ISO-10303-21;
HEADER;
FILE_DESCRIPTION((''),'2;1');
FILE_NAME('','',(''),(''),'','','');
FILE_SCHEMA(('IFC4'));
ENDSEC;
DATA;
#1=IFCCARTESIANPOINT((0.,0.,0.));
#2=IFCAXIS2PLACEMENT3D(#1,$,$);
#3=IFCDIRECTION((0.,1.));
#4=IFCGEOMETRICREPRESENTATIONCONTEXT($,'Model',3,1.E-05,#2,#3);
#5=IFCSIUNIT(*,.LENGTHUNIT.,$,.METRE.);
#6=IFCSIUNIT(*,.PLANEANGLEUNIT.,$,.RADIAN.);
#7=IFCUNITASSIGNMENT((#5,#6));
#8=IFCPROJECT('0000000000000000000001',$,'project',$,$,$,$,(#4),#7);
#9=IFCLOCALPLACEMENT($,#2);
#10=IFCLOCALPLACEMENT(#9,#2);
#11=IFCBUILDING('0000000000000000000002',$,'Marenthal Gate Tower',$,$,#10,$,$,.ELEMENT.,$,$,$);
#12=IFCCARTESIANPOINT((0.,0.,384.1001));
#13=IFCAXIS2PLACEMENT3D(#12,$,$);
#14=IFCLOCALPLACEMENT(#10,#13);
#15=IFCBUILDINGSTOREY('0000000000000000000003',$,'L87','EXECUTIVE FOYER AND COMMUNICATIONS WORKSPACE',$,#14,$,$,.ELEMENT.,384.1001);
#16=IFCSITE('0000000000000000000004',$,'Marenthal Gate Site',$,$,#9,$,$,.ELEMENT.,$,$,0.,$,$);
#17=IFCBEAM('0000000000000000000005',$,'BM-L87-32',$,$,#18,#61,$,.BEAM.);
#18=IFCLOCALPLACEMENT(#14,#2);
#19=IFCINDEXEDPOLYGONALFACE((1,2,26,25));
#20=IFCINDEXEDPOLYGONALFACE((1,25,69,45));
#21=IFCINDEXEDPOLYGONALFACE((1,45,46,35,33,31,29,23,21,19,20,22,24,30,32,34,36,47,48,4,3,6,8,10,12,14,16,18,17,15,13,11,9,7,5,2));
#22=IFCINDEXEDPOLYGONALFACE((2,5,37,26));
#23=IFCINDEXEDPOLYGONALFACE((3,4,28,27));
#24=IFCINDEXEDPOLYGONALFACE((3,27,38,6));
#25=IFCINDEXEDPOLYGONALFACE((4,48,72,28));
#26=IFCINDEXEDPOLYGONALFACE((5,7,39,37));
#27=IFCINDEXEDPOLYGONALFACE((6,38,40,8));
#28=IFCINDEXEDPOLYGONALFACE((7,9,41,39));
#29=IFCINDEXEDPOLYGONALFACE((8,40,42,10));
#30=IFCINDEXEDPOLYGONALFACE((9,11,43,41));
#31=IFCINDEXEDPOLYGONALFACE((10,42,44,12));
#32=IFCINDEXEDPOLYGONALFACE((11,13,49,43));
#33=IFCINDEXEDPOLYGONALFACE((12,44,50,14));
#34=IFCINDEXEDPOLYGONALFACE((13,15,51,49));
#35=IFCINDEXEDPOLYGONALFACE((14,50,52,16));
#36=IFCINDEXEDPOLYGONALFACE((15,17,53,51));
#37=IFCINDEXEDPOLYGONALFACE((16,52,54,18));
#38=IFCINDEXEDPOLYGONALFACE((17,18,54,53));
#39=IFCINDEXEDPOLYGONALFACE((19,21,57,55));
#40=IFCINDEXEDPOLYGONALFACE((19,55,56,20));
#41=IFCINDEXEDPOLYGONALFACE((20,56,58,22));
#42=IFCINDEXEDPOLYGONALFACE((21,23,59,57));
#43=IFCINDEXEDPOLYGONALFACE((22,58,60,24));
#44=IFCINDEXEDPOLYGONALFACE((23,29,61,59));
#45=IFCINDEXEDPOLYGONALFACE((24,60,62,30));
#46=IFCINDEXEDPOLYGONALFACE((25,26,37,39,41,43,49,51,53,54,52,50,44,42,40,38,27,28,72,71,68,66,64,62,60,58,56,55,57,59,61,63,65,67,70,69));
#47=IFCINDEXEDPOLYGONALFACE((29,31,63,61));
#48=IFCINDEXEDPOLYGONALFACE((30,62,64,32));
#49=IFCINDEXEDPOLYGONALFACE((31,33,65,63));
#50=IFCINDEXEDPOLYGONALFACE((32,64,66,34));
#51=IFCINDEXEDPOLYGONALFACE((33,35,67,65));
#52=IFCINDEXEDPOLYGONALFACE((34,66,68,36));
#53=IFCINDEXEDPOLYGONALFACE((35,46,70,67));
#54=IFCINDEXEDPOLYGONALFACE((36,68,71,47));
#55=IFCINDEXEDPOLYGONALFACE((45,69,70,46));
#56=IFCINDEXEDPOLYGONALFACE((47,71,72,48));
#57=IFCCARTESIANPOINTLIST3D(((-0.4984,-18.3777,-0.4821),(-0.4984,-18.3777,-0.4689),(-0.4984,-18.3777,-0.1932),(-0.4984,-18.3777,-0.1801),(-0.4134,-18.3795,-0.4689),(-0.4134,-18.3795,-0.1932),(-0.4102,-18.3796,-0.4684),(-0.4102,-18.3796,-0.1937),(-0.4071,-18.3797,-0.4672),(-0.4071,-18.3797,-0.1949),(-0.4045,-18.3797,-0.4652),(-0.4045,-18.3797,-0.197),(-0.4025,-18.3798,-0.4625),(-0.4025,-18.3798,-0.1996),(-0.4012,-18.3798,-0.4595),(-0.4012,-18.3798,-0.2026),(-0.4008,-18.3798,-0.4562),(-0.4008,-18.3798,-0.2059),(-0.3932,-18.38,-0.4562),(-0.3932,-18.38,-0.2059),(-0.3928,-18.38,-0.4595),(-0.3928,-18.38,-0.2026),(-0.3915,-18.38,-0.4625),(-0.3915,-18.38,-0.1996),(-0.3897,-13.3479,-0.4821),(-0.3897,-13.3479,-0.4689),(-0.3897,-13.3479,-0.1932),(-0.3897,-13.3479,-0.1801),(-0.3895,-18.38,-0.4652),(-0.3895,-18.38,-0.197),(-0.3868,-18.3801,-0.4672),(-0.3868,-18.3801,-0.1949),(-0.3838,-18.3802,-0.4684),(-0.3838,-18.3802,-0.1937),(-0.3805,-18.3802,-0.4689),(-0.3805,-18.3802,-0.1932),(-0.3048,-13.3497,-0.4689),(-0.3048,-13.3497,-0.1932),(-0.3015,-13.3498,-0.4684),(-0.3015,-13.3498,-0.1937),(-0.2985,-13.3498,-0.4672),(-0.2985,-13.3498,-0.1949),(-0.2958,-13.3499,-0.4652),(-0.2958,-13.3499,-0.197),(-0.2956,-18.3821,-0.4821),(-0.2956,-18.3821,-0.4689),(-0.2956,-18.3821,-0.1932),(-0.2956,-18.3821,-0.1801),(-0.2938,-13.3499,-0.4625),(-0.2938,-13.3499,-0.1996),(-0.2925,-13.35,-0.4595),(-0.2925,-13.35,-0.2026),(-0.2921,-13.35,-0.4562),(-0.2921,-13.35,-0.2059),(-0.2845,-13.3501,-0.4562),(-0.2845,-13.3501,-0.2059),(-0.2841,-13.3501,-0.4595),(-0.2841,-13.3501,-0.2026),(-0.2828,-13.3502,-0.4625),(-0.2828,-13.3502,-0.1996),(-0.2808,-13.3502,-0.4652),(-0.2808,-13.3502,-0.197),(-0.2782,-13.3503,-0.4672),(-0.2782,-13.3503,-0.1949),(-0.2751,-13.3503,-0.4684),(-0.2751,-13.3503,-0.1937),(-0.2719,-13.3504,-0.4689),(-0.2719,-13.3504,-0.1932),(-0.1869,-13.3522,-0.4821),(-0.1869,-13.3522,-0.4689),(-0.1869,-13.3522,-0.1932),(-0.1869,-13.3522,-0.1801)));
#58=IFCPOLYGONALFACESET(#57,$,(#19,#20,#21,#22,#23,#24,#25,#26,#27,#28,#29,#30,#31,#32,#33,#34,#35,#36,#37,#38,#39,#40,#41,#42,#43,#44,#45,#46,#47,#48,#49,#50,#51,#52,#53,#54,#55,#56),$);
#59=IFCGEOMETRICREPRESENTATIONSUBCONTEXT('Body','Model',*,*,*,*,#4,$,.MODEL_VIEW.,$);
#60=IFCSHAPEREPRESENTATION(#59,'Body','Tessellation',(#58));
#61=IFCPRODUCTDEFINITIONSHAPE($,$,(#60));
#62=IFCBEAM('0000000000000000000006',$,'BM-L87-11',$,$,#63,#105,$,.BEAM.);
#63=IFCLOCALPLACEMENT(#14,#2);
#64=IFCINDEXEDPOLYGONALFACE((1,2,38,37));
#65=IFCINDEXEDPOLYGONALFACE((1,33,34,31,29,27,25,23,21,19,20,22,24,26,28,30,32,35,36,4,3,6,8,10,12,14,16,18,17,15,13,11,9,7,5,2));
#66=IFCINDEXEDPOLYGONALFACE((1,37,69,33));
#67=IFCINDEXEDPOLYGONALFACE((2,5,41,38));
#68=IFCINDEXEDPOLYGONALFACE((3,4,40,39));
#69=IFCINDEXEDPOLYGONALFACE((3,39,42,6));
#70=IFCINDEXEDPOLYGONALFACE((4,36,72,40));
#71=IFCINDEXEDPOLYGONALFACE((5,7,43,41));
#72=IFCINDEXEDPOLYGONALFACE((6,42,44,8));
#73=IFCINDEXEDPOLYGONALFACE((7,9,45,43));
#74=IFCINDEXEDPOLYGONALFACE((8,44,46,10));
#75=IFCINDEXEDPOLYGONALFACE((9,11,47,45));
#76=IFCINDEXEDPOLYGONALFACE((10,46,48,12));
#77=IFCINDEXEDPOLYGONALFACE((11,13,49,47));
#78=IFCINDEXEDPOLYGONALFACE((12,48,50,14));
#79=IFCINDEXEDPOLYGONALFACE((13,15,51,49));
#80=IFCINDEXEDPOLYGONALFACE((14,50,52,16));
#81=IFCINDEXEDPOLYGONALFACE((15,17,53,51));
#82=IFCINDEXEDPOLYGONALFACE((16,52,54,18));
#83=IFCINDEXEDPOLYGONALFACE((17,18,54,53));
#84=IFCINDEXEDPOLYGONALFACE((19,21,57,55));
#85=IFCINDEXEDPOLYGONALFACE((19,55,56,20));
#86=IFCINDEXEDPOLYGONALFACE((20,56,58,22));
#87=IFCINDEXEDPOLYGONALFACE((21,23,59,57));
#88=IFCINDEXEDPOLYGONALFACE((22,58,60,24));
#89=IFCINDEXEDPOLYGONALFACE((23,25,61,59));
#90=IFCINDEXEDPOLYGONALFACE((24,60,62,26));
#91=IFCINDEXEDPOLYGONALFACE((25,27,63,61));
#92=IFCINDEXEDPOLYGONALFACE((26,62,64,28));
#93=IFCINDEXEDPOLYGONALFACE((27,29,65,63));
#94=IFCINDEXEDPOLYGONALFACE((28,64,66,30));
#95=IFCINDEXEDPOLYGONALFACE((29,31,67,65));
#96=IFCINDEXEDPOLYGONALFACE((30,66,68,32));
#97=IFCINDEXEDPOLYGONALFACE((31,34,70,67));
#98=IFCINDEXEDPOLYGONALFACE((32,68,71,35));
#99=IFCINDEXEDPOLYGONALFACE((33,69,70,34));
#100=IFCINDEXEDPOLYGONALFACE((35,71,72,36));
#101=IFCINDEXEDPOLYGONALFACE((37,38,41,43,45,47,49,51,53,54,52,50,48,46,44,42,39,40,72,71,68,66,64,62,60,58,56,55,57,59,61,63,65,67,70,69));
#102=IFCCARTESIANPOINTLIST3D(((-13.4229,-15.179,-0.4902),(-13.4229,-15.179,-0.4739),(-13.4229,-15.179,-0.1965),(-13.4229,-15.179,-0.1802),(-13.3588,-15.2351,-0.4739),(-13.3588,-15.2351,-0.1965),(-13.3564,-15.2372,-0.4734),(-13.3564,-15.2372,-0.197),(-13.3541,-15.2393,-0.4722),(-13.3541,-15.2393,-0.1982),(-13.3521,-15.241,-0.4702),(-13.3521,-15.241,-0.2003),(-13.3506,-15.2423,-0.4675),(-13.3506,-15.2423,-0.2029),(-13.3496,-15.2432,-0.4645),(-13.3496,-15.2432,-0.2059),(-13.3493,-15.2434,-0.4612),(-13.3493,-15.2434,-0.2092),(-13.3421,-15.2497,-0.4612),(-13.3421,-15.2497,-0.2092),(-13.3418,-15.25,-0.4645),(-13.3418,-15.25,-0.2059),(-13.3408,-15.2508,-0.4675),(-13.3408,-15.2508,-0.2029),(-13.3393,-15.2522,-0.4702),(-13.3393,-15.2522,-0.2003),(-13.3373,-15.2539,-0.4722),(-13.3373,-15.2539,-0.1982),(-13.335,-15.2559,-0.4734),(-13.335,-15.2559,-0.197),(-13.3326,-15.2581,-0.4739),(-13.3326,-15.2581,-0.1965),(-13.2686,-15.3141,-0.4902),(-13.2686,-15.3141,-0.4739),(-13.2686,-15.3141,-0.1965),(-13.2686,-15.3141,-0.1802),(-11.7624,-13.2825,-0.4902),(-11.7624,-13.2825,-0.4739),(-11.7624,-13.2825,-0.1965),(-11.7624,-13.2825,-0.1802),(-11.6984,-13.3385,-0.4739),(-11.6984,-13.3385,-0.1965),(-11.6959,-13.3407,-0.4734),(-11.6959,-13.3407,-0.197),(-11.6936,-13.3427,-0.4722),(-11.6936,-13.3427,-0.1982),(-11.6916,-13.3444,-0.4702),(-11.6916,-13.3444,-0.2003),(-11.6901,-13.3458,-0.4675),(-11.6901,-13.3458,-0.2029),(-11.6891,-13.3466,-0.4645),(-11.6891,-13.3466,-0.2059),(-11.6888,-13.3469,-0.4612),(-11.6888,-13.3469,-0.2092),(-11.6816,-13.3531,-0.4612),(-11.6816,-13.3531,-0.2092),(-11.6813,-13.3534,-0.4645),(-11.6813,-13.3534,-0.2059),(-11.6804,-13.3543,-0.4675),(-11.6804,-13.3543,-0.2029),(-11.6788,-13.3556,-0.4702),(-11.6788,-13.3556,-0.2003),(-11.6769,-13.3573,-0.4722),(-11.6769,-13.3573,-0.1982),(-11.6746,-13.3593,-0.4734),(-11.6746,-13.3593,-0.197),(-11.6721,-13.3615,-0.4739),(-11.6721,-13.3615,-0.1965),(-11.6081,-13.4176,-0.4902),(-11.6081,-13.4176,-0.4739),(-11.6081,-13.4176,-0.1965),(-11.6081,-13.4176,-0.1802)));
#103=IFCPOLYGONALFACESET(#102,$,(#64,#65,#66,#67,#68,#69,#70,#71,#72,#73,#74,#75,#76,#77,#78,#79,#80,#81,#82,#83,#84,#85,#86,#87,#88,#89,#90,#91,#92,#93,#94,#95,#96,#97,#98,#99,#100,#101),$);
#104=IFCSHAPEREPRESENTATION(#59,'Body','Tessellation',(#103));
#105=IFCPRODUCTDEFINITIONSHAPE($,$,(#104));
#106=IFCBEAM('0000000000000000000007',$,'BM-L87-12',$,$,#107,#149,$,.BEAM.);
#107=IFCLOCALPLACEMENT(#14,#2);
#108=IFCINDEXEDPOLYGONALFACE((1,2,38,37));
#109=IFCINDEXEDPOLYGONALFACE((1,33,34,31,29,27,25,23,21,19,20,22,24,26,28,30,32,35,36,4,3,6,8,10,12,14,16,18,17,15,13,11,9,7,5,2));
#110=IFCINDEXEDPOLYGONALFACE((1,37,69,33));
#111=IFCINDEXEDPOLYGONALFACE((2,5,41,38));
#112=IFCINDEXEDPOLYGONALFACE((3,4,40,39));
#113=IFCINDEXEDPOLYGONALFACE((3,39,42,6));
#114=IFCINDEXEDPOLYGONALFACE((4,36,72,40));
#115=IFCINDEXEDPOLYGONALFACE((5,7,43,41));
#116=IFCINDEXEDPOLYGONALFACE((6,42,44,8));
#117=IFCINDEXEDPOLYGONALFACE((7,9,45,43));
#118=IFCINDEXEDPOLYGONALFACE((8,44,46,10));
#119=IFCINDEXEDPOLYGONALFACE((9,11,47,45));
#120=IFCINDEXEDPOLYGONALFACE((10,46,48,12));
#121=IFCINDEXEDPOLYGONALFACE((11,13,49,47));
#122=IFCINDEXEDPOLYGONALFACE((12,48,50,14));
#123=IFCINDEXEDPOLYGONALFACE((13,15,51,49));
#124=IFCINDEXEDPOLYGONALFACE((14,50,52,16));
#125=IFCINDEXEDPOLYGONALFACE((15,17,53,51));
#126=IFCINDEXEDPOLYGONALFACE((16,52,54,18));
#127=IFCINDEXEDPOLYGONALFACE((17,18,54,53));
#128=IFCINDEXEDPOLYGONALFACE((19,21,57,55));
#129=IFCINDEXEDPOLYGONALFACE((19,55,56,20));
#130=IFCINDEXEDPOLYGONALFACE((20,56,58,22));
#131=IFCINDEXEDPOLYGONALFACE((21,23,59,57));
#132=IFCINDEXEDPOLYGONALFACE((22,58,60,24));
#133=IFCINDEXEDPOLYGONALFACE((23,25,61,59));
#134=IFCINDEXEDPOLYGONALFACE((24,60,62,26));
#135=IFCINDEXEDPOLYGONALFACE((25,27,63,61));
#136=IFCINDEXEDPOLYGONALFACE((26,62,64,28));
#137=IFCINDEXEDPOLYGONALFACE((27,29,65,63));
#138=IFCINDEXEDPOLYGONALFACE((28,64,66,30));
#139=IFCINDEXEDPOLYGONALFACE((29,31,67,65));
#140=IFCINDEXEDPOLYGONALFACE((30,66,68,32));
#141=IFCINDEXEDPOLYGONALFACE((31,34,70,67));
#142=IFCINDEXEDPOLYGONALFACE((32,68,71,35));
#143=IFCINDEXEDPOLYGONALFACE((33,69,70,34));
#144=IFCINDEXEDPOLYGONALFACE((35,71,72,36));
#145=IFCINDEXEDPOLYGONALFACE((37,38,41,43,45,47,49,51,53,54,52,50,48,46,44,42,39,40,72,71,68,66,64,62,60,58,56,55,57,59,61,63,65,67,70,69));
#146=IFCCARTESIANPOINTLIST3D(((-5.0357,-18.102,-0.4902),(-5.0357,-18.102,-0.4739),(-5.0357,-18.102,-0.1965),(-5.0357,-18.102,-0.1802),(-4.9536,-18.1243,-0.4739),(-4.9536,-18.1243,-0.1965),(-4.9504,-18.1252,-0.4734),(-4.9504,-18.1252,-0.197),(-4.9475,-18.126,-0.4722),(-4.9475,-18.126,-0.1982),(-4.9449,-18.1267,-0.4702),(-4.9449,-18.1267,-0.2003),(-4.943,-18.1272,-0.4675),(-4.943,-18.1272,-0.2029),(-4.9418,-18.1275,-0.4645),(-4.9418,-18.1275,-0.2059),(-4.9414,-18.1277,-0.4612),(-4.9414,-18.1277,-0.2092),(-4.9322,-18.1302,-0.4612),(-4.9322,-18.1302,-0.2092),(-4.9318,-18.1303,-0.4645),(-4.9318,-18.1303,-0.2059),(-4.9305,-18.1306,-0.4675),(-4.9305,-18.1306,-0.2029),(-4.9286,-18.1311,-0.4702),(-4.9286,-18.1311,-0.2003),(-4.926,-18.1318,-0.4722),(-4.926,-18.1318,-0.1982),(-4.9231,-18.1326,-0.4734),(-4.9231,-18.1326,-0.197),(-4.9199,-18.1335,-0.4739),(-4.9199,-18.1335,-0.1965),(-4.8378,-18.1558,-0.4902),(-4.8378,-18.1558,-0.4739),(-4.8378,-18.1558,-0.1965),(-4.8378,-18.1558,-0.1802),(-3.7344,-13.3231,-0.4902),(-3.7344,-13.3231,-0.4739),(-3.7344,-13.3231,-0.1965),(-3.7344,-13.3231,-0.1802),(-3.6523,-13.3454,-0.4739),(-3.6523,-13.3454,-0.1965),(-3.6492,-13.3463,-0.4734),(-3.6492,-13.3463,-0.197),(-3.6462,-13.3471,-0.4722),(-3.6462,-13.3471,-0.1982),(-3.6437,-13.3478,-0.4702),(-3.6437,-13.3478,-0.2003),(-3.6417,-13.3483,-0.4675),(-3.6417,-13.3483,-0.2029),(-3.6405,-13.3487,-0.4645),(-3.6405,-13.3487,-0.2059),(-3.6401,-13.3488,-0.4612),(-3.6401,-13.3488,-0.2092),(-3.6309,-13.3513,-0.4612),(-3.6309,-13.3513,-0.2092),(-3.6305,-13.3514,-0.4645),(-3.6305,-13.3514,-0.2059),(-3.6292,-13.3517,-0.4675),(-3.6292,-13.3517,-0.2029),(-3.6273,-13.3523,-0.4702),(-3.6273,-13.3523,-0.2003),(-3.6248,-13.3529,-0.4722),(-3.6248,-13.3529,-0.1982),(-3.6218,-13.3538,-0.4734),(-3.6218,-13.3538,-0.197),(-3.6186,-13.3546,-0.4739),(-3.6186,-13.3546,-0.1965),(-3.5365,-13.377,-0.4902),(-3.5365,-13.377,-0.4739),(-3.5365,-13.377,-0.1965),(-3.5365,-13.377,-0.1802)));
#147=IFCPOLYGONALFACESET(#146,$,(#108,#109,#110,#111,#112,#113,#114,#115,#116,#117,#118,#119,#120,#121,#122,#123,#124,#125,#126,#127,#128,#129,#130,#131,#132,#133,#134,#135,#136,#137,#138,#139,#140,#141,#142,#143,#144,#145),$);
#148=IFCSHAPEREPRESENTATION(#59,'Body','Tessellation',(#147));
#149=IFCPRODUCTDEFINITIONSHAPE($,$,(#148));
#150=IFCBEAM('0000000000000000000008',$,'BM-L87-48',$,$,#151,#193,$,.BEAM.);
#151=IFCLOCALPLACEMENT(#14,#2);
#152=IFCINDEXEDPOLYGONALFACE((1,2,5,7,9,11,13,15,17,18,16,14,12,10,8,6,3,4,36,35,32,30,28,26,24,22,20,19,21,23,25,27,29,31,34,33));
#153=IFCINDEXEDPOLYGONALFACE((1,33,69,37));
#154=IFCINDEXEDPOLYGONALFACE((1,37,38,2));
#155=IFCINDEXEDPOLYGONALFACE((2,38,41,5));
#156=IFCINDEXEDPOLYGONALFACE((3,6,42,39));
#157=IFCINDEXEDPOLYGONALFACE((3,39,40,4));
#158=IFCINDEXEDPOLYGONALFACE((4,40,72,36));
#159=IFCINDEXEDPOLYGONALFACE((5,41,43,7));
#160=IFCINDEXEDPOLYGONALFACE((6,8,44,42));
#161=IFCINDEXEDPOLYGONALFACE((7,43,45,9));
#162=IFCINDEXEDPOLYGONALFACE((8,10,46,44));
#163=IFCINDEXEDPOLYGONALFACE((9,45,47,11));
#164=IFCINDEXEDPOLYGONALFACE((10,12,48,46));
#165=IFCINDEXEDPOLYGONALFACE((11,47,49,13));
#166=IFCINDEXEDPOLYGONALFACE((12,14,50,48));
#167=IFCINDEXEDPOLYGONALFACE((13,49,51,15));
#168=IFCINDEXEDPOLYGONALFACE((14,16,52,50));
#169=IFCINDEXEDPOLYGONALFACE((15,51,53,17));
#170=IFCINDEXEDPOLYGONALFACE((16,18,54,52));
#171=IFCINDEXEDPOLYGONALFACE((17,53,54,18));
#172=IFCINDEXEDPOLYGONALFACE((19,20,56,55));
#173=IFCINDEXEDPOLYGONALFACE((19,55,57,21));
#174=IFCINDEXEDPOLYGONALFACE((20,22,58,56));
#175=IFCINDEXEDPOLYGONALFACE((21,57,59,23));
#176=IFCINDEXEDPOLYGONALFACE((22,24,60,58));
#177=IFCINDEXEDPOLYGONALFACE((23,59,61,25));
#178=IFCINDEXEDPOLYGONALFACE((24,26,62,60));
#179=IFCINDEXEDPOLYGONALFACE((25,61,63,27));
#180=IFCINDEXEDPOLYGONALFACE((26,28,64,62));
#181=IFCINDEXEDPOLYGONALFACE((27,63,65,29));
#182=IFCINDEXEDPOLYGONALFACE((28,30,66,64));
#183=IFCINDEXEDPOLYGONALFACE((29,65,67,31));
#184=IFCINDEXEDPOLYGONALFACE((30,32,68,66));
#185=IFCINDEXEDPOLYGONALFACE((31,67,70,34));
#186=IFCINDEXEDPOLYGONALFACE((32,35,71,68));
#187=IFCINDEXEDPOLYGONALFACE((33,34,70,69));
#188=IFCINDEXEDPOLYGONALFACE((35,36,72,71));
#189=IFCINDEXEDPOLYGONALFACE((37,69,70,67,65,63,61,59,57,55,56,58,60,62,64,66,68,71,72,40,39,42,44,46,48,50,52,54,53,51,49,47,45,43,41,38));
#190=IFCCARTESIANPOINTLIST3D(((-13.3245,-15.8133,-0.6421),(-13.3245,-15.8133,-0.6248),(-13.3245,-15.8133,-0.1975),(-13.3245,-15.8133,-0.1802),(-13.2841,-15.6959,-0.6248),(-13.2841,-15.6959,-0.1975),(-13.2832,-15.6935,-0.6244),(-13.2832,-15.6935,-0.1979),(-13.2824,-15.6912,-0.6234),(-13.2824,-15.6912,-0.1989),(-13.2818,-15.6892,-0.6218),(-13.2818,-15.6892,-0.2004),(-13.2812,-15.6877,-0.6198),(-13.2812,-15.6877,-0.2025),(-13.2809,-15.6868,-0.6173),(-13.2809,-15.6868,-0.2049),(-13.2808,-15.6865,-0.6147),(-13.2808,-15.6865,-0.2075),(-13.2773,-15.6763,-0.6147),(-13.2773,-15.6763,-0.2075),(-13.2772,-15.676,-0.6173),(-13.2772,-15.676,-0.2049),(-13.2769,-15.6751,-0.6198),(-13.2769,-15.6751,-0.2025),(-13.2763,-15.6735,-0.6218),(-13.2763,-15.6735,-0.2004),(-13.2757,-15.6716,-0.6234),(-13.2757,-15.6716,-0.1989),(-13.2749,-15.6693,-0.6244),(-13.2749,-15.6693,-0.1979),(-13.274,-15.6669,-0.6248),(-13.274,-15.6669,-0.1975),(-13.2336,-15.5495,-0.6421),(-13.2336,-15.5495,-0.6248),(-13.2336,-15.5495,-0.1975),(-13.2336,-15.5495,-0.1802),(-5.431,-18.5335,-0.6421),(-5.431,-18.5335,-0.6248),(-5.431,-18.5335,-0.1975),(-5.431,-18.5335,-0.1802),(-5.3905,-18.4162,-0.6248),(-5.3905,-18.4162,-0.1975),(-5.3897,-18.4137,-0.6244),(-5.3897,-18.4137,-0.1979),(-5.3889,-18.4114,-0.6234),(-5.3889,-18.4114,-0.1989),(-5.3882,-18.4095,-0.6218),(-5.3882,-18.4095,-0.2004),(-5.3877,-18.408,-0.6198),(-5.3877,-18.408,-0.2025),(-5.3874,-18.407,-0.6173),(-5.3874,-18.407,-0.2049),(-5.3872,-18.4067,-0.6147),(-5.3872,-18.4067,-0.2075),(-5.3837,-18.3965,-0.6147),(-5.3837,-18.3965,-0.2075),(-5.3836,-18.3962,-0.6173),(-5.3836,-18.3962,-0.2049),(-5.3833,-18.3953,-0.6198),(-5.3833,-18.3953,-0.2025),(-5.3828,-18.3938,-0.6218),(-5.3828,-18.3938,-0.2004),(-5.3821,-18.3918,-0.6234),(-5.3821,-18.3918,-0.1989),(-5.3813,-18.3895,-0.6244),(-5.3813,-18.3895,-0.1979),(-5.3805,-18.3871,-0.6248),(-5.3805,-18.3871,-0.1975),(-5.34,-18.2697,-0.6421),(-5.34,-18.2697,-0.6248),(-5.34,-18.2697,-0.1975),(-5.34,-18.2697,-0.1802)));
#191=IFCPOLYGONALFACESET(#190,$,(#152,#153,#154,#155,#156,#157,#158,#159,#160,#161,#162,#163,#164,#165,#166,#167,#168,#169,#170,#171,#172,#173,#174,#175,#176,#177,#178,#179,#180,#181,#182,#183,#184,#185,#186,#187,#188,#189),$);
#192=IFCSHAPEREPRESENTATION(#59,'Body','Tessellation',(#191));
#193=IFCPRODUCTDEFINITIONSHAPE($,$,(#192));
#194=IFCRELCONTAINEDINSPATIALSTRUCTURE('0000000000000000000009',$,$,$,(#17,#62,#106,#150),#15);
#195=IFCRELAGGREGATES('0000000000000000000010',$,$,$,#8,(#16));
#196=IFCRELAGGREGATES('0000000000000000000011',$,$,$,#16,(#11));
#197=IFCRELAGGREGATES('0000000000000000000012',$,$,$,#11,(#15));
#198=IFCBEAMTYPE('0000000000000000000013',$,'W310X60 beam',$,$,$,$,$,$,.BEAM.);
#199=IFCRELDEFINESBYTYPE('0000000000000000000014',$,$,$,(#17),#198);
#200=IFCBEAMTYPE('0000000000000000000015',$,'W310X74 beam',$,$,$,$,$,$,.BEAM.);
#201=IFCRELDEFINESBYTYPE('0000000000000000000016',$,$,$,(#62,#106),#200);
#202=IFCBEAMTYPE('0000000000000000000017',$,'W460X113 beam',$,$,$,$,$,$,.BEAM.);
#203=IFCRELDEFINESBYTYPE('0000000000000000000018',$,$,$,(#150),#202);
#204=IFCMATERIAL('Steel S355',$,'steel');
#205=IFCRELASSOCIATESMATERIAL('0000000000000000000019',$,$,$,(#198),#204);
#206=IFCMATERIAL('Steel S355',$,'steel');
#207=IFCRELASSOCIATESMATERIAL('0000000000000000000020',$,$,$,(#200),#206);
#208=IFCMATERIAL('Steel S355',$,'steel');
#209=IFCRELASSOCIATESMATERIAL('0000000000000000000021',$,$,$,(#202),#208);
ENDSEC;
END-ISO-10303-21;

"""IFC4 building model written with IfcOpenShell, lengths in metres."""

from ifc_helpers import new_model, si_unit, direction, frame, origin, origin_2d, place, context, subcontext, project, spatial, i_section, extrude, material, material_profile, profile_set, type_object, element, save


model = new_model("IFC4")

# Units and contexts
model_context = context("Model", 3, precision=1e-05, world=origin(), true_north=direction((0.0, 1.0)))
body_context = subcontext(model_context, "Body", "Model", "MODEL_VIEW")
ifc_project = project(units=[si_unit("LENGTHUNIT", "METRE"), si_unit("PLANEANGLEUNIT", "RADIAN")], contexts=[model_context])

# Site, building, storey
site_placement = place(None, origin())
site = spatial("IfcSite", under=ifc_project, at=site_placement, Name="Marenthal Gate Site", CompositionType="ELEMENT", RefElevation=0.0)
building_placement = place(site_placement, origin())
building = spatial("IfcBuilding", under=site, at=building_placement, Name="Marenthal Gate Tower", CompositionType="ELEMENT")
storey_placement = place(building_placement, frame((0.0, 0.0, 384.1001)))
storey = spatial("IfcBuildingStorey", under=building, at=storey_placement, Name="L87", Description="EXECUTIVE FOYER AND COMMUNICATIONS WORKSPACE", CompositionType="ELEMENT", Elevation=384.1001)

# Beams
ifc_material_1 = material(Name="Steel S355", Category="steel")
ifc_material_profile_1 = material_profile(ifc_material_1, i_section(OverallWidth=0.2029, OverallDepth=0.302, WebThickness=0.0076, FlangeThickness=0.0132, FilletRadius=0.0127, at=origin_2d()), Name="W310X60")
ifc_profile_set_1 = profile_set([ifc_material_profile_1], Name="Steel S355")
beam_type_1 = type_object("IfcBeamType", Name="W310X60 beam", PredefinedType="BEAM", material=ifc_profile_set_1)
beam_1_placement = place(storey_placement, frame((-0.397, -18.3799, -0.3311), z_axis=(0.021595, 0.999767, 0.0), x_axis=(-0.999767, 0.021595, 0.0)))
element("IfcBeam", 1, at=beam_1_placement, inside=storey, type_object=beam_type_1, Name="BM-L87-32", PredefinedType="BEAM", context=body_context, shape_type="SweptSolid", body=[
    extrude(i_section(OverallWidth=0.2029, OverallDepth=0.302, WebThickness=0.0076, FlangeThickness=0.0132, FilletRadius=0.0127, at=origin_2d()), origin(), (0.0, 0.0, 1.0), 5.031),
])
ifc_material_2 = material(Name="Steel S355", Category="steel")
ifc_material_profile_2 = material_profile(ifc_material_2, i_section(OverallWidth=0.2051, OverallDepth=0.3101, WebThickness=0.0095, FlangeThickness=0.0164, FilletRadius=0.0127, at=origin_2d()), Name="W310X74")
ifc_profile_set_2 = profile_set([ifc_material_profile_2], Name="Steel S355")
beam_type_2 = type_object("IfcBeamType", Name="W310X74 beam", PredefinedType="BEAM", material=ifc_profile_set_2)
beam_2_placement = place(storey_placement, frame((-13.3457, -15.2466, -0.3352), z_axis=(0.658724, 0.752385, 0.0), x_axis=(-0.752385, 0.658724, 0.0)))
element("IfcBeam", 2, at=beam_2_placement, inside=storey, type_object=beam_type_2, Name="BM-L87-11", PredefinedType="BEAM", context=body_context, shape_type="SweptSolid", body=[
    extrude(i_section(OverallWidth=0.2051, OverallDepth=0.3101, WebThickness=0.0095, FlangeThickness=0.0164, FilletRadius=0.0127, at=origin_2d()), origin(), (0.0, 0.0, 1.0), 2.5208),
])
beam_3_placement = place(storey_placement, frame((-4.9368, -18.1289, -0.3352), z_axis=(0.262734, 0.964868, 0.0), x_axis=(-0.964868, 0.262734, 0.0)))
element("IfcBeam", 3, at=beam_3_placement, inside=storey, type_object=beam_type_2, Name="BM-L87-12", PredefinedType="BEAM", context=body_context, shape_type="SweptSolid", body=[
    extrude(i_section(OverallWidth=0.2051, OverallDepth=0.3101, WebThickness=0.0095, FlangeThickness=0.0164, FilletRadius=0.0127, at=origin_2d()), origin(), (0.0, 0.0, 1.0), 4.9529),
])
ifc_material_3 = material(Name="Steel S355", Category="steel")
ifc_material_profile_3 = material_profile(ifc_material_3, i_section(OverallWidth=0.2791, OverallDepth=0.4619, WebThickness=0.0107, FlangeThickness=0.0173, FilletRadius=0.01, at=origin_2d()), Name="W460X113")
ifc_profile_set_3 = profile_set([ifc_material_profile_3], Name="Steel S355")
beam_type_3 = type_object("IfcBeamType", Name="W460X113 beam", PredefinedType="BEAM", material=ifc_profile_set_3)
beam_4_placement = place(storey_placement, frame((-13.2791, -15.6814, -0.4111), z_axis=(0.945436, -0.325809, 0.0), x_axis=(0.325809, 0.945436, 0.0)))
element("IfcBeam", 4, at=beam_4_placement, inside=storey, type_object=beam_type_3, Name="BM-L87-48", PredefinedType="BEAM", context=body_context, shape_type="SweptSolid", body=[
    extrude(i_section(OverallWidth=0.2791, OverallDepth=0.4619, WebThickness=0.0107, FlangeThickness=0.0173, FilletRadius=0.01, at=origin_2d()), origin(), (0.0, 0.0, 1.0), 8.3491),
])

save(model, "model.ifc")
